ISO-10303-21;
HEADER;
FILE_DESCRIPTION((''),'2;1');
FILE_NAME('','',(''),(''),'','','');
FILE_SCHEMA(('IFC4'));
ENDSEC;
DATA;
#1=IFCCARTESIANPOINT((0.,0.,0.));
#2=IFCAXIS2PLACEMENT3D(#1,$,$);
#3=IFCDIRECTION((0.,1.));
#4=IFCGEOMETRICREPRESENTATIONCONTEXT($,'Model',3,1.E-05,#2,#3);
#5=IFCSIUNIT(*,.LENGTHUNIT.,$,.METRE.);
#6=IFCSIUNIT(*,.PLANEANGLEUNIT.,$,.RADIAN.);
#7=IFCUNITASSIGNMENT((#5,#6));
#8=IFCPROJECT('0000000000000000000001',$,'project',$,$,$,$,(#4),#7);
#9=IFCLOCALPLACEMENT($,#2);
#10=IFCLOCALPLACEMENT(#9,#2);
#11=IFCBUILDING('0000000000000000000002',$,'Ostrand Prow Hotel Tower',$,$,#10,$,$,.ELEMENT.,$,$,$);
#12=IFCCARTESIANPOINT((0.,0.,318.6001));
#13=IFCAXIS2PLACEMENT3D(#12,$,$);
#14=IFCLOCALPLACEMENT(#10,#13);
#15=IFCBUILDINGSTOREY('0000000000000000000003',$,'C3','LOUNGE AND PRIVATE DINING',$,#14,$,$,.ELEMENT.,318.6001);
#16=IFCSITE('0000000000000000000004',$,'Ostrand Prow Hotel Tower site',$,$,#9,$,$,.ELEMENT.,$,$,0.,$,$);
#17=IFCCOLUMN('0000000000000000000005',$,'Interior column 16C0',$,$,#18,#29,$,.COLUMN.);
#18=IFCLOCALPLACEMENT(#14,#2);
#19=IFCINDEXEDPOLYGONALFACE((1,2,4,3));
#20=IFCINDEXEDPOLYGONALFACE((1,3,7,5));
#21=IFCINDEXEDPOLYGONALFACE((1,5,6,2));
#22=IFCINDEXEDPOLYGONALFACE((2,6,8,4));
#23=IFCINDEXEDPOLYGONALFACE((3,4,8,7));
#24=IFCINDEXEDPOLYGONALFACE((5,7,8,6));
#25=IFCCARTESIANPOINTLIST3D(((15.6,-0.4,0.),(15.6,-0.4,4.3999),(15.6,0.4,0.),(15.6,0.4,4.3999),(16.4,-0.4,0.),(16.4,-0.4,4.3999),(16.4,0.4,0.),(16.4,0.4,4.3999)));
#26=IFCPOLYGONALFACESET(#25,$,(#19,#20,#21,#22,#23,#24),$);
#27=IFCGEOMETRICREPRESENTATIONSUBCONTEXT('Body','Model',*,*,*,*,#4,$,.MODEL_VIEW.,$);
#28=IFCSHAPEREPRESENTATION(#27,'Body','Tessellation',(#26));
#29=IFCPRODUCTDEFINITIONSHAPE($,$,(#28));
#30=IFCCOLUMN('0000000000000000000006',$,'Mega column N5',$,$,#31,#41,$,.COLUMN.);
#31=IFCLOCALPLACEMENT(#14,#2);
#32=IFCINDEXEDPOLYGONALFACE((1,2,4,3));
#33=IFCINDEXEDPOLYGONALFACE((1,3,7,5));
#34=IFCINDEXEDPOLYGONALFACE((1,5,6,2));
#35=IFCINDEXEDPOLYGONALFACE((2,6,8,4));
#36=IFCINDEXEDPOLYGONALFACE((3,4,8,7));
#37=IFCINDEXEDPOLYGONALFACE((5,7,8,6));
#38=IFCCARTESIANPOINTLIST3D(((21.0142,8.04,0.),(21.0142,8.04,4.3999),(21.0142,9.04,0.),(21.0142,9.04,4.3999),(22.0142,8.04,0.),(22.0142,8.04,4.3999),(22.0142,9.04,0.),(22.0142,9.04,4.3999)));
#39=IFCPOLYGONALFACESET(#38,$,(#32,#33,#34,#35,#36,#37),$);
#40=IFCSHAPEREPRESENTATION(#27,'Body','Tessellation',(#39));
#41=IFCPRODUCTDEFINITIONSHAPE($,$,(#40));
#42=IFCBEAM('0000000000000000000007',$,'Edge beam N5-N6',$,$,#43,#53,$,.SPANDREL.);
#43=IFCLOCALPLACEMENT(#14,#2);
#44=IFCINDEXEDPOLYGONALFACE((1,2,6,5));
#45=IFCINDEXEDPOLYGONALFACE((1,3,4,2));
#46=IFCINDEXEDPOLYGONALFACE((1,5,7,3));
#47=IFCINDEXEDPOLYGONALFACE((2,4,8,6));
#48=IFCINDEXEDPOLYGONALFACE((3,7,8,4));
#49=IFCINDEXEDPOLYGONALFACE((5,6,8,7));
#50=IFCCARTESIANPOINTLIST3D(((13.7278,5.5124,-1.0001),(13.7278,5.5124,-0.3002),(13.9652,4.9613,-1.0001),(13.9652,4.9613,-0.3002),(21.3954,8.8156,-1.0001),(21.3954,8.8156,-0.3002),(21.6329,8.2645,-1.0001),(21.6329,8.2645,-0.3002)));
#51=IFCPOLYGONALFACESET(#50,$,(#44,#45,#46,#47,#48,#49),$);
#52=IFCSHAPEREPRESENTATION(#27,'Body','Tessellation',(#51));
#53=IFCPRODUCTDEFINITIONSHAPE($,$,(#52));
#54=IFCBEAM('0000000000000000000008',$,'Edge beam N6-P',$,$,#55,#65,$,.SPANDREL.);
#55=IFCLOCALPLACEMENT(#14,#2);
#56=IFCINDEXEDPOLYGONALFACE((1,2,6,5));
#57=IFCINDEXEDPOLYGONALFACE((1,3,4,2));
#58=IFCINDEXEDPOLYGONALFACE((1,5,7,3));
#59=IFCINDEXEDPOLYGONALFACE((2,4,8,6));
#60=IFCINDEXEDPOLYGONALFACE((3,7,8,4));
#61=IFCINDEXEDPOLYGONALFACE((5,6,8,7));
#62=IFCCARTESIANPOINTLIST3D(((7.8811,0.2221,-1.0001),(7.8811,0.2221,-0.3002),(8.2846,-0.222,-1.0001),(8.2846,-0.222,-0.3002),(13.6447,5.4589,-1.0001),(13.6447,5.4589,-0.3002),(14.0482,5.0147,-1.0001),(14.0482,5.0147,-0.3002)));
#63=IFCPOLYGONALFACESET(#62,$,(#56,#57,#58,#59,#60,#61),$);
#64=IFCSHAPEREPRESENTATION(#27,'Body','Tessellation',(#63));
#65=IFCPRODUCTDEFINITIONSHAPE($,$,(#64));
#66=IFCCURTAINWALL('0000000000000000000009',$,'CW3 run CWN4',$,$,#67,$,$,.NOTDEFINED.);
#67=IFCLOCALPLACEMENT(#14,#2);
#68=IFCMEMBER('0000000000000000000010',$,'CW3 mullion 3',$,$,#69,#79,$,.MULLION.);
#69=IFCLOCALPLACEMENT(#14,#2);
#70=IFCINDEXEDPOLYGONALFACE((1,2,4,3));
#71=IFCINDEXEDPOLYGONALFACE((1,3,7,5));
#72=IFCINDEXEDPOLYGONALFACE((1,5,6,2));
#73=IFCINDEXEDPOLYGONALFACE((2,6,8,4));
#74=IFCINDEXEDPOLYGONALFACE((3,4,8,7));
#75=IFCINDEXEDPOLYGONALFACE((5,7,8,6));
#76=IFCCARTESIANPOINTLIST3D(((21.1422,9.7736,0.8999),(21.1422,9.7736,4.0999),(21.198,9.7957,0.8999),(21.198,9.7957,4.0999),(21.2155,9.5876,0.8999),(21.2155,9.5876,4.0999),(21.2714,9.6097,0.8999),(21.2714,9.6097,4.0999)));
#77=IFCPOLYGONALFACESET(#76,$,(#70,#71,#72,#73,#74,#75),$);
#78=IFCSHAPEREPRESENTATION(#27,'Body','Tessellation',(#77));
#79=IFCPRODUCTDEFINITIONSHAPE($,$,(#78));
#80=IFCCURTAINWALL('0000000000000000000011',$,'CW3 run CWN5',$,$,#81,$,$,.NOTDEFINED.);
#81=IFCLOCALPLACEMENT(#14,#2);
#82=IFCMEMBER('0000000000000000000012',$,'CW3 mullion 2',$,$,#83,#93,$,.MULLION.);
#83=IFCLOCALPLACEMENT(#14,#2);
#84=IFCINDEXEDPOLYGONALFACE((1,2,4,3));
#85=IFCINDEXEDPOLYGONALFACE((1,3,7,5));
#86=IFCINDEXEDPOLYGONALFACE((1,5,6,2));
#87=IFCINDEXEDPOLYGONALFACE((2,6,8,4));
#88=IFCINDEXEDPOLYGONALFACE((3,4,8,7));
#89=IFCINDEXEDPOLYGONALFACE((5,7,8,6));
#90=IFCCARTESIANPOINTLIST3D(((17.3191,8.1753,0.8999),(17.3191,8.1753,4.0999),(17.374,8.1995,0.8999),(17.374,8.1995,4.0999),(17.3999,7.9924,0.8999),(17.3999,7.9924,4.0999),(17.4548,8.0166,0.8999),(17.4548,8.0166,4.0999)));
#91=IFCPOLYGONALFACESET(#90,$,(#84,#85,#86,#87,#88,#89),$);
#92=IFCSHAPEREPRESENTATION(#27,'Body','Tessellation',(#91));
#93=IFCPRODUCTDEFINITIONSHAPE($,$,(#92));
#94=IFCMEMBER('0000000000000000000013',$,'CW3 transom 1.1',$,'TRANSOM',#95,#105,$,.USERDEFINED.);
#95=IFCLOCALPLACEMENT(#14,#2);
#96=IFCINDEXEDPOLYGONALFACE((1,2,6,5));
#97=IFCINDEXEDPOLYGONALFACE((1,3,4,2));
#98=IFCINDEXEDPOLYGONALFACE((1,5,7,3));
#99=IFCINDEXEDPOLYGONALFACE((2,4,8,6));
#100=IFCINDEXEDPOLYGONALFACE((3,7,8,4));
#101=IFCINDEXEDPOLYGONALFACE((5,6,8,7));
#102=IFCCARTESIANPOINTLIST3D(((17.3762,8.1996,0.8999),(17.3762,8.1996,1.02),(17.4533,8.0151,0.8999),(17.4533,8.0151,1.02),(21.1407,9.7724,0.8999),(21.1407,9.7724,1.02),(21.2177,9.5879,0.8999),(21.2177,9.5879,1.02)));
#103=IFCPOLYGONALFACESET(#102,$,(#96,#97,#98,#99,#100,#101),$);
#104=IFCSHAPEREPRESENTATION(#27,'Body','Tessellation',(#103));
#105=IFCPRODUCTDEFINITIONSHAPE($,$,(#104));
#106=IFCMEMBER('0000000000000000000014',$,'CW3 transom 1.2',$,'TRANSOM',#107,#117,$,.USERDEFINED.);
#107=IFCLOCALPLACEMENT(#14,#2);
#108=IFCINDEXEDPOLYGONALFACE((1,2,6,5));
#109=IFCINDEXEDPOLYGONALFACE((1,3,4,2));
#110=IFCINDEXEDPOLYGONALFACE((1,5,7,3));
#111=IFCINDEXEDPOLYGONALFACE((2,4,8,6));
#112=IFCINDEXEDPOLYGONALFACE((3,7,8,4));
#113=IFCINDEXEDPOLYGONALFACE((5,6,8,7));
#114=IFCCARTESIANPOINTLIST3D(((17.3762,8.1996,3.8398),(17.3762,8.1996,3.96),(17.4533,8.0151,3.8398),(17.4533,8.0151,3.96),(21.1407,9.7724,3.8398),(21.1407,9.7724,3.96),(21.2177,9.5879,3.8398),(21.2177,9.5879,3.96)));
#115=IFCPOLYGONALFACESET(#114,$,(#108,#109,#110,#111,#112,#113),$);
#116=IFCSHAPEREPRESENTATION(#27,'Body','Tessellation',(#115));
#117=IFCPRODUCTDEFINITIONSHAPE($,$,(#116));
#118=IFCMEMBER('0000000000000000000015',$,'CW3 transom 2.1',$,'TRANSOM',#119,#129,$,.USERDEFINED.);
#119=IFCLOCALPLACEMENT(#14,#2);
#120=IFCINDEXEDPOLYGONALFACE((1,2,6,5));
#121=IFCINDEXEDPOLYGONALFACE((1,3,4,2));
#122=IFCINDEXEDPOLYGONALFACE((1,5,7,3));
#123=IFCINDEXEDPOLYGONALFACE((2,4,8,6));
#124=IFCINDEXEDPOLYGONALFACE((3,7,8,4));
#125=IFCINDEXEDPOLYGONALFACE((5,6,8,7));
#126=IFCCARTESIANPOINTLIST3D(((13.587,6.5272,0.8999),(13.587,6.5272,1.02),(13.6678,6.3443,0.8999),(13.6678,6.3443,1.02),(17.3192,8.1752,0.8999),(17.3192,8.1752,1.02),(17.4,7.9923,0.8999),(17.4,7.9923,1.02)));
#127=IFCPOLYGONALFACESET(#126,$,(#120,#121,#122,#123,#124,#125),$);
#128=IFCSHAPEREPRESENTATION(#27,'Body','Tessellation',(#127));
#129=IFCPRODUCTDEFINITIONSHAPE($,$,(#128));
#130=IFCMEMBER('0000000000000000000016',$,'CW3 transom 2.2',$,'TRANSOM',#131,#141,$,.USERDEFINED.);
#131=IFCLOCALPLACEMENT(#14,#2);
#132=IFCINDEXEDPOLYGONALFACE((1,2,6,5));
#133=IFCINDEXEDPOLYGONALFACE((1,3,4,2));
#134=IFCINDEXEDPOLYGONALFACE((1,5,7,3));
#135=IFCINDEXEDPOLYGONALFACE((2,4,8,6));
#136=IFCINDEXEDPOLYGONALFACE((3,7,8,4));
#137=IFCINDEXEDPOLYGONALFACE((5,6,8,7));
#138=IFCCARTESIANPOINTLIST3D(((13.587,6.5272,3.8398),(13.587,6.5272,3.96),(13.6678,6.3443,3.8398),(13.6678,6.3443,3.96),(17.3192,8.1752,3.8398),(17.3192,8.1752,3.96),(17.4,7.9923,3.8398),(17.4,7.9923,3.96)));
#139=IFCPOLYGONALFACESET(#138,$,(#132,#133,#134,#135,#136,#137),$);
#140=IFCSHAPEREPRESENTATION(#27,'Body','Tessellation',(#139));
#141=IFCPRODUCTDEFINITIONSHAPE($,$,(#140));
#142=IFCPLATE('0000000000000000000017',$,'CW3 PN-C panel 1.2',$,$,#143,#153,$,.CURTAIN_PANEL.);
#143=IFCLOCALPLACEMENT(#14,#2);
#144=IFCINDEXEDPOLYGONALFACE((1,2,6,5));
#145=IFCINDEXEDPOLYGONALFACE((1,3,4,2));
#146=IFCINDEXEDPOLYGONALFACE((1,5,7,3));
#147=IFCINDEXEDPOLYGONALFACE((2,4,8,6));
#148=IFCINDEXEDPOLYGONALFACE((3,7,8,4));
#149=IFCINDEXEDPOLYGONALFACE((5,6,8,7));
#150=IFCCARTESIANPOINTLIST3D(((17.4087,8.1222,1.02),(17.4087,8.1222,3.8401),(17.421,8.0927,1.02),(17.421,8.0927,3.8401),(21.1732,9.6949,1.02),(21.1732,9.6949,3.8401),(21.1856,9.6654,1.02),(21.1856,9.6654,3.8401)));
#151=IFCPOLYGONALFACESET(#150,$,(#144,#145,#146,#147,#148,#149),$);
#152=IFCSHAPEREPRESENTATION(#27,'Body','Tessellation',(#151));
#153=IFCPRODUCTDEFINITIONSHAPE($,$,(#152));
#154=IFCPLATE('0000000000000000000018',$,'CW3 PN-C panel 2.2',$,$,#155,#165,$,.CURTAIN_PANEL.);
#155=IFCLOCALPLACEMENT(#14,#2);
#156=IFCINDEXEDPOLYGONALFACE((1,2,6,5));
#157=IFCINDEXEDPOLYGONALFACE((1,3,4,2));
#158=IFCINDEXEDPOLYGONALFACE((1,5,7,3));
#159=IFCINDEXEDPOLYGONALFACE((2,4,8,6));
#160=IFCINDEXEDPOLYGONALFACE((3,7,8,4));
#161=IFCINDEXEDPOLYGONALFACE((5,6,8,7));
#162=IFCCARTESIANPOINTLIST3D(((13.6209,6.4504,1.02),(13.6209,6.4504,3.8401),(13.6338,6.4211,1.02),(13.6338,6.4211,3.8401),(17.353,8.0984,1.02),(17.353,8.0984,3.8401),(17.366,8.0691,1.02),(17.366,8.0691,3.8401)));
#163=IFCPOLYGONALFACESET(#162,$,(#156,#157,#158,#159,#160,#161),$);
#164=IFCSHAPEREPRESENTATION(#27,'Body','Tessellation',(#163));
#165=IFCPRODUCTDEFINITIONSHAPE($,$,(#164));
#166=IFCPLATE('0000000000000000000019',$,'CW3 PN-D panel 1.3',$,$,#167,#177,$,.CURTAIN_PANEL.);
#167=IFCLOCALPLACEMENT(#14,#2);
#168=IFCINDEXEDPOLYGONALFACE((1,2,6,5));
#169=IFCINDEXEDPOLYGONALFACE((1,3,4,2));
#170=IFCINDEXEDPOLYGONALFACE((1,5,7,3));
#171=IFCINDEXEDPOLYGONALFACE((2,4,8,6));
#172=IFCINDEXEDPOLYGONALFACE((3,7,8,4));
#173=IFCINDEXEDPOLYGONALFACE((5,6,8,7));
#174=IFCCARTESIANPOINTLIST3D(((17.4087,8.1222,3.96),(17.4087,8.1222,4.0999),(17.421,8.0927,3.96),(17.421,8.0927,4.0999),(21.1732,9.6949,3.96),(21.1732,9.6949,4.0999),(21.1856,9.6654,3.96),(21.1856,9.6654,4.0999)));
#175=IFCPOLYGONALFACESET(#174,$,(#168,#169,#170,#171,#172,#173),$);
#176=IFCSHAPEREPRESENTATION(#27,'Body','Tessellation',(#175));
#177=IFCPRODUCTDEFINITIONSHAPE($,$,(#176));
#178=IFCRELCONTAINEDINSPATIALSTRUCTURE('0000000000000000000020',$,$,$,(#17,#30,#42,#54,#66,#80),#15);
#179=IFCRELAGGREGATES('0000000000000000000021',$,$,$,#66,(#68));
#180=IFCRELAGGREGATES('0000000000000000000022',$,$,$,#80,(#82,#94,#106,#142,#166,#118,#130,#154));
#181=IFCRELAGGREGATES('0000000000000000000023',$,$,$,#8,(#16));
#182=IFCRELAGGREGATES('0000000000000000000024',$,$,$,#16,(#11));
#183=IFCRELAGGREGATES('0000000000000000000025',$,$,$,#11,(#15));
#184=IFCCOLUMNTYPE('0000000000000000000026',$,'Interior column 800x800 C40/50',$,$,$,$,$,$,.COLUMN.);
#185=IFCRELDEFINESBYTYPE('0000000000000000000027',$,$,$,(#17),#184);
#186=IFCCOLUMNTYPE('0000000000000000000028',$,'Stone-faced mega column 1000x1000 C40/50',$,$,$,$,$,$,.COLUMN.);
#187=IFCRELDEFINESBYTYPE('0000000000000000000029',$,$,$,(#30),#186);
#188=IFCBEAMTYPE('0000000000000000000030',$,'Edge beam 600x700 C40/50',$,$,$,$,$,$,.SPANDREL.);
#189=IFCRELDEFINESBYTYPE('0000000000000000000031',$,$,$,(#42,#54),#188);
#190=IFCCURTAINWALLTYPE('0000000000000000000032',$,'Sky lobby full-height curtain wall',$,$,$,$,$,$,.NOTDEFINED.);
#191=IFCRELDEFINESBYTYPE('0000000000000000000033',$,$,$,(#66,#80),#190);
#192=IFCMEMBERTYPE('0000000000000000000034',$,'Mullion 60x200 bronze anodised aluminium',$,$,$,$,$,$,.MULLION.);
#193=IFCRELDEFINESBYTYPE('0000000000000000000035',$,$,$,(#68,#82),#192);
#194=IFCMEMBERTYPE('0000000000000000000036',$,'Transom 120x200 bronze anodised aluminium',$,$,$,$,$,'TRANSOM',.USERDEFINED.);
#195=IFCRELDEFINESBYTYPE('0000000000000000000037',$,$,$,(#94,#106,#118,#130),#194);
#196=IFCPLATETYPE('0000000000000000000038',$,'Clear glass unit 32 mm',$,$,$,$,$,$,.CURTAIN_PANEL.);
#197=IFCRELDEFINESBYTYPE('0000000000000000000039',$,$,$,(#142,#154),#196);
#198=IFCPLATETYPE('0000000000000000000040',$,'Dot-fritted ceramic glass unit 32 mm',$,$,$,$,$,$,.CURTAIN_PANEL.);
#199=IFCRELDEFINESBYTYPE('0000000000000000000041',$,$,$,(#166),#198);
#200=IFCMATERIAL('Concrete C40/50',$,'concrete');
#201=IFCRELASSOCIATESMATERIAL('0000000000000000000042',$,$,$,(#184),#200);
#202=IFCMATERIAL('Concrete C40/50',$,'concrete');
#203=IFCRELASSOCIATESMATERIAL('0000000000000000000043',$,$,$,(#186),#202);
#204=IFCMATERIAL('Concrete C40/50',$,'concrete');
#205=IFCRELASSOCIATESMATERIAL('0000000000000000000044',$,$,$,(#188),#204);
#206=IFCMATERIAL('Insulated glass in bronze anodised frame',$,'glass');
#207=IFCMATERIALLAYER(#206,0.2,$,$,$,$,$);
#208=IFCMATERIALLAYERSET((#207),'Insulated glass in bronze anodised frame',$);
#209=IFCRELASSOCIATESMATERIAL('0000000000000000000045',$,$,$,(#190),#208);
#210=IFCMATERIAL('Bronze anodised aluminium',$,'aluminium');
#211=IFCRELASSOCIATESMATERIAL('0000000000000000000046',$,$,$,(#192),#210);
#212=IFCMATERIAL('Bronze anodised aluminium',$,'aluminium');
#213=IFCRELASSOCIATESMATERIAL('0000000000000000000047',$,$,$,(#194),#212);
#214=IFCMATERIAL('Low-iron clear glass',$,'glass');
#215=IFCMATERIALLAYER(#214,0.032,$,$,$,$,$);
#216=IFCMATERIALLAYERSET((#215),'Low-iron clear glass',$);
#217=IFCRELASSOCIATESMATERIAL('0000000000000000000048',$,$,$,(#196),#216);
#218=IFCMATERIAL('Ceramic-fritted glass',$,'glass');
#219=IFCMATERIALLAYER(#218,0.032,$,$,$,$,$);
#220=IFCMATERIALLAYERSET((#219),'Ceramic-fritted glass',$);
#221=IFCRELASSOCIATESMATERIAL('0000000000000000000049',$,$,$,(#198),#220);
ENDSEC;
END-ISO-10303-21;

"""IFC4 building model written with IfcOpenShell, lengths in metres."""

from ifc_helpers import new_model, si_unit, direction, frame, origin, origin_2d, place, context, subcontext, project, spatial, rectangle, extrude, material, layer, layer_set, material_profile, profile_set, type_object, element, aggregate, save


model = new_model("IFC4")

# Units and contexts
model_context = context("Model", 3, precision=1e-05, world=origin(), true_north=direction((0.0, 1.0)))
body_context = subcontext(model_context, "Body", "Model", "MODEL_VIEW")
ifc_project = project(units=[si_unit("LENGTHUNIT", "METRE"), si_unit("PLANEANGLEUNIT", "RADIAN")], contexts=[model_context])

# Site, building, storey
site_placement = place(None, origin())
site = spatial("IfcSite", under=ifc_project, at=site_placement, Name="Ostrand Prow Hotel Tower site", CompositionType="ELEMENT", RefElevation=0.0)
building_placement = place(site_placement, origin())
building = spatial("IfcBuilding", under=site, at=building_placement, Name="Ostrand Prow Hotel Tower", CompositionType="ELEMENT")
storey_placement = place(building_placement, frame((0.0, 0.0, 318.6001)))
storey = spatial("IfcBuildingStorey", under=building, at=storey_placement, Name="C3", Description="LOUNGE AND PRIVATE DINING", CompositionType="ELEMENT", Elevation=318.6001)

# Columns
ifc_material_1 = material(Name="Concrete C40/50", Category="concrete")
ifc_material_profile_1 = material_profile(ifc_material_1, rectangle(XDim=0.8, YDim=0.8, at=origin_2d()), Name="RC 800x800")
ifc_profile_set_1 = profile_set([ifc_material_profile_1], Name="Concrete C40/50")
column_type_1 = type_object("IfcColumnType", Name="Interior column 800x800 C40/50", PredefinedType="COLUMN", material=ifc_profile_set_1)
column_1_placement = place(storey_placement, frame((16.0, 0.0, 0.0), z_axis=(0.0, 0.0, 1.0), x_axis=(1.0, 0.0, 0.0)))
element("IfcColumn", 1, at=column_1_placement, inside=storey, type_object=column_type_1, Name="Interior column 16C0", PredefinedType="COLUMN", context=body_context, shape_type="SweptSolid", body=[
    extrude(rectangle(XDim=0.8, YDim=0.8, at=origin_2d()), origin(), (0.0, 0.0, 1.0), 4.3999),
])
ifc_material_2 = material(Name="Concrete C40/50", Category="concrete")
ifc_material_profile_2 = material_profile(ifc_material_2, rectangle(XDim=1.0, YDim=1.0, at=origin_2d()), Name="RC 1000x1000")
ifc_profile_set_2 = profile_set([ifc_material_profile_2], Name="Concrete C40/50")
column_type_2 = type_object("IfcColumnType", Name="Stone-faced mega column 1000x1000 C40/50", PredefinedType="COLUMN", material=ifc_profile_set_2)
column_2_placement = place(storey_placement, frame((21.5142, 8.54, 0.0), z_axis=(0.0, 0.0, 1.0), x_axis=(1.0, 0.0, 0.0)))
element("IfcColumn", 2, at=column_2_placement, inside=storey, type_object=column_type_2, Name="Mega column N5", PredefinedType="COLUMN", context=body_context, shape_type="SweptSolid", body=[
    extrude(rectangle(XDim=1.0, YDim=1.0, at=origin_2d()), origin(), (0.0, 0.0, 1.0), 4.3999),
])

# Beams
ifc_material_3 = material(Name="Concrete C40/50", Category="concrete")
ifc_material_profile_3 = material_profile(ifc_material_3, rectangle(XDim=0.6001, YDim=0.7, at=origin_2d()), Name="RC 600x700")
ifc_profile_set_3 = profile_set([ifc_material_profile_3], Name="Concrete C40/50")
beam_type = type_object("IfcBeamType", Name="Edge beam 600x700 C40/50", PredefinedType="SPANDREL", material=ifc_profile_set_3)
beam_1_placement = place(storey_placement, frame((21.5142, 8.54, -0.6501), z_axis=(-0.918404, -0.395644, 0.0), x_axis=(0.395644, -0.918404, 0.0)))
element("IfcBeam", 3, at=beam_1_placement, inside=storey, type_object=beam_type, Name="Edge beam N5-N6", PredefinedType="SPANDREL", context=body_context, shape_type="SweptSolid", body=[
    extrude(rectangle(XDim=0.6001, YDim=0.7, at=origin_2d()), origin(), (0.0, 0.0, 1.0), 8.3489),
])
beam_2_placement = place(storey_placement, frame((13.8464, 5.2368, -0.6501), z_axis=(-0.740124, -0.67247, 0.0), x_axis=(0.67247, -0.740124, 0.0)))
element("IfcBeam", 4, at=beam_2_placement, inside=storey, type_object=beam_type, Name="Edge beam N6-P", PredefinedType="SPANDREL", context=body_context, shape_type="SweptSolid", body=[
    extrude(rectangle(XDim=0.6001, YDim=0.7, at=origin_2d()), origin(), (0.0, 0.0, 1.0), 7.7874),
])

# Curtain wall, member
ifc_material_4 = material(Name="Insulated glass in bronze anodised frame", Category="glass")
ifc_layer_1 = layer(ifc_material_4, 0.2)
ifc_layer_set_1 = layer_set([ifc_layer_1], Name="Insulated glass in bronze anodised frame")
curtain_wall_type = type_object("IfcCurtainWallType", Name="Sky lobby full-height curtain wall", PredefinedType="NOTDEFINED", material=ifc_layer_set_1)
curtain_wall_1_placement = place(storey_placement, origin())
curtain_wall_1 = element("IfcCurtainWall", 5, at=curtain_wall_1_placement, inside=storey, type_object=curtain_wall_type, Name="CW3 run CWN4", PredefinedType="NOTDEFINED")
ifc_material_5 = material(Name="Bronze anodised aluminium", Category="aluminium")
ifc_material_profile_4 = material_profile(ifc_material_5, rectangle(XDim=0.2, YDim=0.0601, at=origin_2d()), Name="Mullion 60x200 bronze anodised aluminium")
ifc_profile_set_4 = profile_set([ifc_material_profile_4], Name="Bronze anodised aluminium")
member_type_1 = type_object("IfcMemberType", Name="Mullion 60x200 bronze anodised aluminium", PredefinedType="MULLION", material=ifc_profile_set_4)
member_1_placement = place(storey_placement, frame((21.2068, 9.6917, 0.8999), z_axis=(0.0, 0.0, 1.0), x_axis=(0.366845, -0.930282, 0.0)))
member_1 = element("IfcMember", 6, at=member_1_placement, type_object=member_type_1, Name="CW3 mullion 3", PredefinedType="MULLION", context=body_context, shape_type="SweptSolid", body=[
    extrude(rectangle(XDim=0.2, YDim=0.0601, at=origin_2d()), origin(), (0.0, 0.0, 1.0), 3.2),
])
aggregate(curtain_wall_1, [member_1])

# Curtain wall, members, plates
curtain_wall_2_placement = place(storey_placement, origin())
curtain_wall_2 = element("IfcCurtainWall", 7, at=curtain_wall_2_placement, inside=storey, type_object=curtain_wall_type, Name="CW3 run CWN5", PredefinedType="NOTDEFINED")
member_2_placement = place(storey_placement, frame((17.387, 8.0959, 0.8999), z_axis=(0.0, 0.0, 1.0), x_axis=(0.40394, -0.914786, 0.0)))
member_2 = element("IfcMember", 8, at=member_2_placement, type_object=member_type_1, Name="CW3 mullion 2", PredefinedType="MULLION", context=body_context, shape_type="SweptSolid", body=[
    extrude(rectangle(XDim=0.2, YDim=0.0601, at=origin_2d()), origin(), (0.0, 0.0, 1.0), 3.2),
])
ifc_material_6 = material(Name="Bronze anodised aluminium", Category="aluminium")
ifc_material_profile_5 = material_profile(ifc_material_6, rectangle(XDim=0.2, YDim=0.1201, at=origin_2d()), Name="Transom 120x200 bronze anodised aluminium")
ifc_profile_set_5 = profile_set([ifc_material_profile_5], Name="Bronze anodised aluminium")
member_type_2 = type_object("IfcMemberType", Name="Transom 120x200 bronze anodised aluminium", ElementType="TRANSOM", PredefinedType="USERDEFINED", material=ifc_profile_set_5)
member_3_placement = place(storey_placement, frame((21.1792, 9.6802, 0.96), z_axis=(-0.922706, -0.385503, 0.0), x_axis=(0.385503, -0.922706, 0.0)))
member_3 = element("IfcMember", 9, at=member_3_placement, type_object=member_type_2, Name="CW3 transom 1.1", ObjectType="TRANSOM", PredefinedType="USERDEFINED", context=body_context, shape_type="SweptSolid", body=[
    extrude(rectangle(XDim=0.2, YDim=0.1201, at=origin_2d()), origin(), (0.0, 0.0, 1.0), 4.0798),
])
member_4_placement = place(storey_placement, frame((21.1792, 9.6802, 3.8999), z_axis=(-0.922706, -0.385503, 0.0), x_axis=(0.385503, -0.922706, 0.0)))
member_4 = element("IfcMember", 10, at=member_4_placement, type_object=member_type_2, Name="CW3 transom 1.2", ObjectType="TRANSOM", PredefinedType="USERDEFINED", context=body_context, shape_type="SweptSolid", body=[
    extrude(rectangle(XDim=0.2, YDim=0.1201, at=origin_2d()), origin(), (0.0, 0.0, 1.0), 4.0798),
])
member_5_placement = place(storey_placement, frame((17.3596, 8.0837, 0.96), z_axis=(-0.914791, -0.403927, 0.0), x_axis=(0.403927, -0.914791, 0.0)))
member_5 = element("IfcMember", 11, at=member_5_placement, type_object=member_type_2, Name="CW3 transom 2.1", ObjectType="TRANSOM", PredefinedType="USERDEFINED", context=body_context, shape_type="SweptSolid", body=[
    extrude(rectangle(XDim=0.2, YDim=0.1201, at=origin_2d()), origin(), (0.0, 0.0, 1.0), 4.0798),
])
member_6_placement = place(storey_placement, frame((17.3596, 8.0837, 3.8999), z_axis=(-0.914791, -0.403927, 0.0), x_axis=(0.403927, -0.914791, 0.0)))
member_6 = element("IfcMember", 12, at=member_6_placement, type_object=member_type_2, Name="CW3 transom 2.2", ObjectType="TRANSOM", PredefinedType="USERDEFINED", context=body_context, shape_type="SweptSolid", body=[
    extrude(rectangle(XDim=0.2, YDim=0.1201, at=origin_2d()), origin(), (0.0, 0.0, 1.0), 4.0798),
])
ifc_material_7 = material(Name="Low-iron clear glass", Category="glass")
ifc_layer_2 = layer(ifc_material_7, 0.032)
ifc_layer_set_2 = layer_set([ifc_layer_2], Name="Low-iron clear glass")
plate_type_1 = type_object("IfcPlateType", Name="Clear glass unit 32 mm", PredefinedType="CURTAIN_PANEL", material=ifc_layer_set_2)
plate_1_placement = place(storey_placement, frame((19.2971, 8.8938, 1.02), z_axis=(0.0, 0.0, 1.0), x_axis=(-0.92272, -0.385471, 0.0)))
plate_1 = element("IfcPlate", 13, at=plate_1_placement, type_object=plate_type_1, Name="CW3 PN-C panel 1.2", PredefinedType="CURTAIN_PANEL", context=body_context, shape_type="SweptSolid", body=[
    extrude(rectangle(XDim=4.0798, YDim=0.032, at=origin_2d()), origin(), (0.0, 0.0, 1.0), 2.8201),
])
plate_2_placement = place(storey_placement, frame((15.4934, 7.2598, 1.02), z_axis=(0.0, 0.0, 1.0), x_axis=(-0.914786, -0.40394, 0.0)))
plate_2 = element("IfcPlate", 14, at=plate_2_placement, type_object=plate_type_1, Name="CW3 PN-C panel 2.2", PredefinedType="CURTAIN_PANEL", context=body_context, shape_type="SweptSolid", body=[
    extrude(rectangle(XDim=4.0798, YDim=0.032, at=origin_2d()), origin(), (0.0, 0.0, 1.0), 2.8201),
])
ifc_material_8 = material(Name="Ceramic-fritted glass", Category="glass")
ifc_layer_3 = layer(ifc_material_8, 0.032)
ifc_layer_set_3 = layer_set([ifc_layer_3], Name="Ceramic-fritted glass")
plate_type_2 = type_object("IfcPlateType", Name="Dot-fritted ceramic glass unit 32 mm", PredefinedType="CURTAIN_PANEL", material=ifc_layer_set_3)
plate_3_placement = place(storey_placement, frame((19.2971, 8.8938, 3.96), z_axis=(0.0, 0.0, 1.0), x_axis=(-0.92272, -0.385471, 0.0)))
plate_3 = element("IfcPlate", 15, at=plate_3_placement, type_object=plate_type_2, Name="CW3 PN-D panel 1.3", PredefinedType="CURTAIN_PANEL", context=body_context, shape_type="SweptSolid", body=[
    extrude(rectangle(XDim=4.0798, YDim=0.032, at=origin_2d()), origin(), (0.0, 0.0, 1.0), 0.1399),
])
aggregate(curtain_wall_2, [member_2, member_3, member_4, plate_1, plate_3, member_5, member_6, plate_2])

save(model, "model.ifc")
